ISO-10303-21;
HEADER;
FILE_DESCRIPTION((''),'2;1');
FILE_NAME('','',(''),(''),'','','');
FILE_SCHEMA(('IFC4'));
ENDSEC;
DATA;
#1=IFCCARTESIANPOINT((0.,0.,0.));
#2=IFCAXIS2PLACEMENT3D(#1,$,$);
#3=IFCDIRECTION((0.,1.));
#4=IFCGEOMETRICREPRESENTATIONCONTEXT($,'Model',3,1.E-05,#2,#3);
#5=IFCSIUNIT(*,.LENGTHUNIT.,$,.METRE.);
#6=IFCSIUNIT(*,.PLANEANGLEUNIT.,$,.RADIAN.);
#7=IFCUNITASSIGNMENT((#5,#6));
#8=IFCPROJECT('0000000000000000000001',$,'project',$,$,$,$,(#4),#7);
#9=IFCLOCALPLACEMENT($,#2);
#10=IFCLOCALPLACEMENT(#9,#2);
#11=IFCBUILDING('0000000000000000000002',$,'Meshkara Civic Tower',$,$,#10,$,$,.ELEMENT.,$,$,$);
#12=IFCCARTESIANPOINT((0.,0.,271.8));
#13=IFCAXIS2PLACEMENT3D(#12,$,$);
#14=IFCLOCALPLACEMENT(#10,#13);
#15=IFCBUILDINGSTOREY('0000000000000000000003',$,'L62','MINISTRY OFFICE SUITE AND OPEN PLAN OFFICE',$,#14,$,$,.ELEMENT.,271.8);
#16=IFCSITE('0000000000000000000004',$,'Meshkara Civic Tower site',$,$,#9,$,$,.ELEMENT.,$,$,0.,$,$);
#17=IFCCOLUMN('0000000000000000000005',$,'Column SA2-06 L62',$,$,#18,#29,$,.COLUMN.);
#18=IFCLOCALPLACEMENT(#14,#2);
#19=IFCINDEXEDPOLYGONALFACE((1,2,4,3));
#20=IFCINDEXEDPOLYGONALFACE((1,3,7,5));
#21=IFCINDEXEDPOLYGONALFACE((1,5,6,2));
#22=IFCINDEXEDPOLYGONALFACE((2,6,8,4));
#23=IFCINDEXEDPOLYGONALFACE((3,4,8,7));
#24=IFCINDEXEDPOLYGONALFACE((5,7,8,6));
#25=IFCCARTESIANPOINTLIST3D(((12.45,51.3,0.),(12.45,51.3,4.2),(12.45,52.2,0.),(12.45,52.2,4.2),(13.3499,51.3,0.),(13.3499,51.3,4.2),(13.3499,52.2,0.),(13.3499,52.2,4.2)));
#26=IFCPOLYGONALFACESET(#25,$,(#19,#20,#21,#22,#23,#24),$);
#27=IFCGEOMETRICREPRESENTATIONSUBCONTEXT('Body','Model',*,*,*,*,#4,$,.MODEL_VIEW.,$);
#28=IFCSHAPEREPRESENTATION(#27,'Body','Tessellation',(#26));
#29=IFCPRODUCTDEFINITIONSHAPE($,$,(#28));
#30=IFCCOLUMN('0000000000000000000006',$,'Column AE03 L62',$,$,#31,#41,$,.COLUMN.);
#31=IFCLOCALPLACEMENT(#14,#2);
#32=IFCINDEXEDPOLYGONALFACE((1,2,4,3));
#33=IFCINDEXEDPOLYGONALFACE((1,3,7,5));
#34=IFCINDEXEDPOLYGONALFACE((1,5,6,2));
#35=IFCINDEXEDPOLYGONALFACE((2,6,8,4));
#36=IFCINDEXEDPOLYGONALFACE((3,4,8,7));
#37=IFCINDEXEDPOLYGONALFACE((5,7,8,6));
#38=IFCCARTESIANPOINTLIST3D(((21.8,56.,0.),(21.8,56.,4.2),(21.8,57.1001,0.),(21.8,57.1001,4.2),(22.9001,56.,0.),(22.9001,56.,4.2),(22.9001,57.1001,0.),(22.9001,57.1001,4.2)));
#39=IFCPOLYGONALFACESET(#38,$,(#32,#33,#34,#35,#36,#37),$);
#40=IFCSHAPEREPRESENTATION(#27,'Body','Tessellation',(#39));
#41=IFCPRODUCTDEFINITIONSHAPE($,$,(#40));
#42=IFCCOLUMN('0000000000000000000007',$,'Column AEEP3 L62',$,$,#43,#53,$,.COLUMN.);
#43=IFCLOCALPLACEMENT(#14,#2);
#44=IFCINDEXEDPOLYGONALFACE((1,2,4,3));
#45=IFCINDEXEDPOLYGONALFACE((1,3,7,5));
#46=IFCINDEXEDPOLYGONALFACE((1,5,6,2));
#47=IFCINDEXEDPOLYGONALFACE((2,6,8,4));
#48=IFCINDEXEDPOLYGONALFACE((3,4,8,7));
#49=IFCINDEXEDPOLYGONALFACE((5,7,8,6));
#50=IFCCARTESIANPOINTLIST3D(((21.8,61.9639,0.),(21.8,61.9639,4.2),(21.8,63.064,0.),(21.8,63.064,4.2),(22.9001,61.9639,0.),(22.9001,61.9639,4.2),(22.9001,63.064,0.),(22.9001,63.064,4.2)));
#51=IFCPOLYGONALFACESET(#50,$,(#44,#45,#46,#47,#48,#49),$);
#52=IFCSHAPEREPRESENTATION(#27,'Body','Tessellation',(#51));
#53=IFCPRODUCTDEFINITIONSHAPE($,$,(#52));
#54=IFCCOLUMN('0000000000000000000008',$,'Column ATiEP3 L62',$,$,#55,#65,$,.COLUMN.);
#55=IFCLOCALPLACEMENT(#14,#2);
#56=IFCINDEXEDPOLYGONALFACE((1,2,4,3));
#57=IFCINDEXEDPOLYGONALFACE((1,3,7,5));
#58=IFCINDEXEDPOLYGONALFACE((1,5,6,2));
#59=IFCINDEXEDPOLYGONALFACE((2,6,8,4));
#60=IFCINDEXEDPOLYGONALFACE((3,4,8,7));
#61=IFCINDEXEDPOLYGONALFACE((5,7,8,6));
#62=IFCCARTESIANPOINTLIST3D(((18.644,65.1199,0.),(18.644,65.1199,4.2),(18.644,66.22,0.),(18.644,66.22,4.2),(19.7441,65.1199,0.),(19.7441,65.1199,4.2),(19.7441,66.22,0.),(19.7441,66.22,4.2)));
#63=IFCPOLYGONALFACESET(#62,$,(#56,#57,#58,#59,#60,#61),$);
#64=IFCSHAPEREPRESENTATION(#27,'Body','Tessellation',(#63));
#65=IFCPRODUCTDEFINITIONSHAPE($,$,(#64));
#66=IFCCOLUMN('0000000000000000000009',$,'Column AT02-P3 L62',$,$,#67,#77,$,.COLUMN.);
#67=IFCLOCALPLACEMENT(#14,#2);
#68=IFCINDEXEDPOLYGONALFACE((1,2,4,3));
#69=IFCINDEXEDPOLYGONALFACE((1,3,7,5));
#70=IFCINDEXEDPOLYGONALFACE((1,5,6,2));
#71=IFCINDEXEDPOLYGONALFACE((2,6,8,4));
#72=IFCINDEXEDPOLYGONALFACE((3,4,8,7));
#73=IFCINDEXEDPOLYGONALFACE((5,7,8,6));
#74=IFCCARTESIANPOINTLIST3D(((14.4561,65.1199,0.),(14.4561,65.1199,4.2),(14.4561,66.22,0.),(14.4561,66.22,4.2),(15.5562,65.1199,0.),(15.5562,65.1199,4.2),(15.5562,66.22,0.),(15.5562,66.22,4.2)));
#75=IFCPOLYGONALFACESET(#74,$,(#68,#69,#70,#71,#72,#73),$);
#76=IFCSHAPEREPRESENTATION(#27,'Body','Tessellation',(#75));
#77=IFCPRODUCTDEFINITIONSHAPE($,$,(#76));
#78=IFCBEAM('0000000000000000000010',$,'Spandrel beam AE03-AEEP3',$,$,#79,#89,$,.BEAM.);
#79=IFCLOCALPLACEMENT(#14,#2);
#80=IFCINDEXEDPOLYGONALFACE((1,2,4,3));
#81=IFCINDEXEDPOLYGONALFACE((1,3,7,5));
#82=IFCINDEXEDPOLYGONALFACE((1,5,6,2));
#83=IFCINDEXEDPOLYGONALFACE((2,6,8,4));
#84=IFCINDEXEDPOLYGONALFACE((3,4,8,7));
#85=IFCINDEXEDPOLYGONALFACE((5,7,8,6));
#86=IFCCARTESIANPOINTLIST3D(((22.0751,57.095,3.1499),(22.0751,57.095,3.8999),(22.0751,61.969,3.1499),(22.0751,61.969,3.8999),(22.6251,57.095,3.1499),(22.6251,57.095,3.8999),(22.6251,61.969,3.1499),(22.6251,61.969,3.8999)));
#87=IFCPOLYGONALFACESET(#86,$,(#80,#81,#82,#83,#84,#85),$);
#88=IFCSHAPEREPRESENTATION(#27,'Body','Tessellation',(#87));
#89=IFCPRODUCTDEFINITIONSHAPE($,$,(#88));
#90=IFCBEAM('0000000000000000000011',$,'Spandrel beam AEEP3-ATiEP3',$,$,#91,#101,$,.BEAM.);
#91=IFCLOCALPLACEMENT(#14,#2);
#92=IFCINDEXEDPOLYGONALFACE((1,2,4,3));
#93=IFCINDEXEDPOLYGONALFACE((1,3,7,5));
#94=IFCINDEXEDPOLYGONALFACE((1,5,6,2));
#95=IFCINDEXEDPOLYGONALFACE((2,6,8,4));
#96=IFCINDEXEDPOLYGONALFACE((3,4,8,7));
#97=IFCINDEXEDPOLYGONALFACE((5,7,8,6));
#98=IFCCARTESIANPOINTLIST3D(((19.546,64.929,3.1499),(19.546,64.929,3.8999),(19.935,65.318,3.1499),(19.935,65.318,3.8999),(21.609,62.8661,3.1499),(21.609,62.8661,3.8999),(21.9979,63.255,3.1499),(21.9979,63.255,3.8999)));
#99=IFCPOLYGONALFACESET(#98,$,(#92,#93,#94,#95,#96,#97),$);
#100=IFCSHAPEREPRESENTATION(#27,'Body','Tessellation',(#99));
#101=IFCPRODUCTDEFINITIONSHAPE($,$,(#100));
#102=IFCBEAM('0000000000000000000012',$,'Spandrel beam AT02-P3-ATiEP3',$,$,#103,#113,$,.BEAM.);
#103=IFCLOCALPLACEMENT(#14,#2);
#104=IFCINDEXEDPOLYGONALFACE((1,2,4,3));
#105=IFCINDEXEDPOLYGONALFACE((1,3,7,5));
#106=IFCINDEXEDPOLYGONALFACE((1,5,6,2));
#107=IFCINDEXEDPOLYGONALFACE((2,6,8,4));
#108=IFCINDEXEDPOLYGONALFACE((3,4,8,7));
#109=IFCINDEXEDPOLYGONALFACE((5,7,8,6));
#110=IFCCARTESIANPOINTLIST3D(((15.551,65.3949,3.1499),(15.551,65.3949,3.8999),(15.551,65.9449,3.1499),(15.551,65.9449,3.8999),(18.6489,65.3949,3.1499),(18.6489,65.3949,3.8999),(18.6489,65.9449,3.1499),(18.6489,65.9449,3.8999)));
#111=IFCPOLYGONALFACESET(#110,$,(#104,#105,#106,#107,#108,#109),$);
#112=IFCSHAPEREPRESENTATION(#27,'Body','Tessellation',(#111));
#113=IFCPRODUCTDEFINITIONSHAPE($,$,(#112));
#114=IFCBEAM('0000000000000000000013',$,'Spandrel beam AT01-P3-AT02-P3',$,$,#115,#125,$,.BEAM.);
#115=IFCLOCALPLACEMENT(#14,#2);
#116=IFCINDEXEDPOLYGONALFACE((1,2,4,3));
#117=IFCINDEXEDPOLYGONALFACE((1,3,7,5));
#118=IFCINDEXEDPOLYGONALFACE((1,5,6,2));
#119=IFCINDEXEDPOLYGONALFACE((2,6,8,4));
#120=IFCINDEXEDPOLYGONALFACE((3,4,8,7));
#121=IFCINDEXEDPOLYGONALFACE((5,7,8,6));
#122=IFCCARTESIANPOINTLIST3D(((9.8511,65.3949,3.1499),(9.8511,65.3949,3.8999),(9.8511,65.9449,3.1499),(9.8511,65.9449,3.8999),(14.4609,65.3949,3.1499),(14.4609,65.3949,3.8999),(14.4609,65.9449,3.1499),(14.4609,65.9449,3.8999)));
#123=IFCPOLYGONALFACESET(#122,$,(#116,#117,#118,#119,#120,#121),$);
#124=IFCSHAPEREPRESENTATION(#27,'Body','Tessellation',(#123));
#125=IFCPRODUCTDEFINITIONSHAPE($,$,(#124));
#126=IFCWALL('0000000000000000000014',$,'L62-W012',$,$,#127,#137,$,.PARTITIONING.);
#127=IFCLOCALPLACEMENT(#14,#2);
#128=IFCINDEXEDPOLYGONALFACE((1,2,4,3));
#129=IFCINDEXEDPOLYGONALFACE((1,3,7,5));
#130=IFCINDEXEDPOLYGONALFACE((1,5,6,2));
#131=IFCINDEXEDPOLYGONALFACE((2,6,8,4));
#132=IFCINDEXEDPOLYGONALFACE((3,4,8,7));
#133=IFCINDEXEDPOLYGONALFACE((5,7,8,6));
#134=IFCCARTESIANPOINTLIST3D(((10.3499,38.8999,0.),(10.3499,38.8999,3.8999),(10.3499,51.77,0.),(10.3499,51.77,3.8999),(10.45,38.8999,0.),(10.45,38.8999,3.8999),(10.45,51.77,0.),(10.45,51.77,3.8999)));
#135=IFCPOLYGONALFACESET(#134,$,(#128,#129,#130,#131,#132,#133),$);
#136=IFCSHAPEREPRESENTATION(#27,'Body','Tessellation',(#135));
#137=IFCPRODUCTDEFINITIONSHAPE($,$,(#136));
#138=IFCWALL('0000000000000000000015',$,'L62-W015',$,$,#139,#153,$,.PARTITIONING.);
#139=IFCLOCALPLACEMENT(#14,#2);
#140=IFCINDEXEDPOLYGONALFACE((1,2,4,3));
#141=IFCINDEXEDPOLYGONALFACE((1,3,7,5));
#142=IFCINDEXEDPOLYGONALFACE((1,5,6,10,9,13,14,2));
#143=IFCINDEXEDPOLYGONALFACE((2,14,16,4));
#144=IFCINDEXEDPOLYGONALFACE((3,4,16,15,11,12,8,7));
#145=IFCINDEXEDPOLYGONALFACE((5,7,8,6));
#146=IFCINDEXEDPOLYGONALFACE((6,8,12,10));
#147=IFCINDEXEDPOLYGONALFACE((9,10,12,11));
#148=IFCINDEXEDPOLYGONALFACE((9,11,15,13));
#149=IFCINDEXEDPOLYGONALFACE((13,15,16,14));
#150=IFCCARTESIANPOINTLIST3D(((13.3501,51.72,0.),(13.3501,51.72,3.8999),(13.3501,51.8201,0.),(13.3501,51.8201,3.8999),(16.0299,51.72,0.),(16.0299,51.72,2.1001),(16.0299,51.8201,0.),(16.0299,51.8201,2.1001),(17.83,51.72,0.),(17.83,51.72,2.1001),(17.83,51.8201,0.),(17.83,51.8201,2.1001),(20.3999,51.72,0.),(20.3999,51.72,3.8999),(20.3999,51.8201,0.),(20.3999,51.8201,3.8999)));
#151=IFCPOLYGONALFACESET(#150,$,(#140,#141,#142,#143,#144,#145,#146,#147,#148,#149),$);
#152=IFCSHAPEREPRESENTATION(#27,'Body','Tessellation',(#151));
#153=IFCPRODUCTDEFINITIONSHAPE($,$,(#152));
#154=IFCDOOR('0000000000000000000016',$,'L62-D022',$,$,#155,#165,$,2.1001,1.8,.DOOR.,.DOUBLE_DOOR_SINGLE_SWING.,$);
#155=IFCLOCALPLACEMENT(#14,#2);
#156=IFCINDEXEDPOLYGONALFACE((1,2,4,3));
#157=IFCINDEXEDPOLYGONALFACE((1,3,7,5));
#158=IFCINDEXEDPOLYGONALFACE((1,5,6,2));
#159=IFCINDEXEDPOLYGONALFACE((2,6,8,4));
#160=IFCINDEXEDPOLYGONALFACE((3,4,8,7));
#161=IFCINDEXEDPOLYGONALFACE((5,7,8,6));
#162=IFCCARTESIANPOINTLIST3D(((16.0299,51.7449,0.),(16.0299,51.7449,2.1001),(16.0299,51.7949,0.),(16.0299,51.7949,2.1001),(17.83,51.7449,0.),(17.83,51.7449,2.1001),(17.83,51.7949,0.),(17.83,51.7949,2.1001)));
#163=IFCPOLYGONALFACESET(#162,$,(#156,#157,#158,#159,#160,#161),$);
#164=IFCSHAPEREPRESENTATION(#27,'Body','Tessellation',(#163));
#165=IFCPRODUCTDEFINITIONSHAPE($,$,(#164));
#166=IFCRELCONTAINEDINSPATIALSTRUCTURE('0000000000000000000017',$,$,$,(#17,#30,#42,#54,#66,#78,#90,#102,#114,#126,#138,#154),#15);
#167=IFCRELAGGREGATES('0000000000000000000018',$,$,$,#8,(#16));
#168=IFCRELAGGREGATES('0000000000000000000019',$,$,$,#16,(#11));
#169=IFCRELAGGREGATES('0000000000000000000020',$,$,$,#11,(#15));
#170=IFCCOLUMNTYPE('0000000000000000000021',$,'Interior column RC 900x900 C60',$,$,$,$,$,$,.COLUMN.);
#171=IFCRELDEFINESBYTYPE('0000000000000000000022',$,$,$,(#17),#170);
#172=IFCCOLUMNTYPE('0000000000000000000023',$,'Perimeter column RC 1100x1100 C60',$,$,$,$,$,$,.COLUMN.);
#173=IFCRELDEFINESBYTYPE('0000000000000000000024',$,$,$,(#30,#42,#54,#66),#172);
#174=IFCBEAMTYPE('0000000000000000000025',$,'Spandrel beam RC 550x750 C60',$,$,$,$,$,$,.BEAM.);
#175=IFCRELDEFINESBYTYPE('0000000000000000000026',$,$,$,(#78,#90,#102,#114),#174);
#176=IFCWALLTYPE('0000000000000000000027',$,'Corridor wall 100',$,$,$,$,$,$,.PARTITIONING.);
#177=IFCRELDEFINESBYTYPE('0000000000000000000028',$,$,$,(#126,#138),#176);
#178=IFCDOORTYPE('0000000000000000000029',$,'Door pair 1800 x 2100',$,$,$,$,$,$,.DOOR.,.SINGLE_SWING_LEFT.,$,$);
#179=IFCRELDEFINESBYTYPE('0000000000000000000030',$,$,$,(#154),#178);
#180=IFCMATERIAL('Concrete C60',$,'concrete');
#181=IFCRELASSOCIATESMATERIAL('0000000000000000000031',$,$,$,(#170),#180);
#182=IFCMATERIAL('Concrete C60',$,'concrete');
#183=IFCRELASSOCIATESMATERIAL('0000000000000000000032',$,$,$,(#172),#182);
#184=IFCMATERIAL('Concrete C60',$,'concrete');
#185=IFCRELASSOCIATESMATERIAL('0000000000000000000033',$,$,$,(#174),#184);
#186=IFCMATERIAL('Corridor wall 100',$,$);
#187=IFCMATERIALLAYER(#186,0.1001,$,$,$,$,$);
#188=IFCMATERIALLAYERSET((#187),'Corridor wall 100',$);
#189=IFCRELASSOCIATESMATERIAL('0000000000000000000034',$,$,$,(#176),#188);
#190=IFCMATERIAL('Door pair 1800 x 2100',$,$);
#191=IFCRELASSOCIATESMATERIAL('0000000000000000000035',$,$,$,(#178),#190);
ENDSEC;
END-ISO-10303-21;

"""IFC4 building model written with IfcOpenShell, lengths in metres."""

from ifc_helpers import new_model, si_unit, direction, frame, frame_2d, origin, origin_2d, place, context, subcontext, project, spatial, rectangle, extrude, material, layer, layer_set, material_profile, profile_set, type_object, element, fill, save


model = new_model("IFC4")

# Units and contexts
model_context = context("Model", 3, precision=1e-05, world=origin(), true_north=direction((0.0, 1.0)))
body_context = subcontext(model_context, "Body", "Model", "MODEL_VIEW")
ifc_project = project(units=[si_unit("LENGTHUNIT", "METRE"), si_unit("PLANEANGLEUNIT", "RADIAN")], contexts=[model_context])

# Site, building, storey
site_placement = place(None, origin())
site = spatial("IfcSite", under=ifc_project, at=site_placement, Name="Meshkara Civic Tower site", CompositionType="ELEMENT", RefElevation=0.0)
building_placement = place(site_placement, origin())
building = spatial("IfcBuilding", under=site, at=building_placement, Name="Meshkara Civic Tower", CompositionType="ELEMENT")
storey_placement = place(building_placement, frame((0.0, 0.0, 271.8)))
storey = spatial("IfcBuildingStorey", under=building, at=storey_placement, Name="L62", Description="MINISTRY OFFICE SUITE AND OPEN PLAN OFFICE", CompositionType="ELEMENT", Elevation=271.8)

# Columns
ifc_material_1 = material(Name="Concrete C60", Category="concrete")
ifc_material_profile_1 = material_profile(ifc_material_1, rectangle(XDim=0.8999, YDim=0.8999, at=origin_2d()))
ifc_profile_set_1 = profile_set([ifc_material_profile_1], Name="Concrete C60")
column_type_1 = type_object("IfcColumnType", Name="Interior column RC 900x900 C60", PredefinedType="COLUMN", material=ifc_profile_set_1)
column_placement = place(storey_placement, frame((12.8999, 51.75, 0.0), z_axis=(0.0, 0.0, 1.0), x_axis=(1.0, 0.0, 0.0)))
element("IfcColumn", 1, at=column_placement, inside=storey, type_object=column_type_1, Name="Column SA2-06 L62", PredefinedType="COLUMN", context=body_context, shape_type="SweptSolid", body=[
    extrude(rectangle(XDim=0.8999, YDim=0.8999, at=origin_2d()), origin(), (0.0, 0.0, 1.0), 4.2),
])
ifc_material_2 = material(Name="Concrete C60", Category="concrete")
ifc_material_profile_2 = material_profile(ifc_material_2, rectangle(XDim=1.1001, YDim=1.1001, at=origin_2d()))
ifc_profile_set_2 = profile_set([ifc_material_profile_2], Name="Concrete C60")
column_type_2 = type_object("IfcColumnType", Name="Perimeter column RC 1100x1100 C60", PredefinedType="COLUMN", material=ifc_profile_set_2)
for number, where, z_axis, x_axis, name in (
    (2, (22.3501, 56.55, 0.0), (0.0, 0.0, 1.0), (1.0, 0.0, 0.0), "Column AE03 L62"),
    (3, (22.3501, 62.5139, 0.0), (0.0, 0.0, 1.0), (1.0, 0.0, 0.0), "Column AEEP3 L62"),
    (4, (19.1941, 65.6699, 0.0), (0.0, 0.0, 1.0), (1.0, 0.0, 0.0), "Column ATiEP3 L62"),
    (5, (15.0061, 65.6699, 0.0), (0.0, 0.0, 1.0), (1.0, 0.0, 0.0), "Column AT02-P3 L62"),
):
    element("IfcColumn", number, at=place(storey_placement, frame(where, z_axis=z_axis, x_axis=x_axis)), inside=storey, type_object=column_type_2, Name=name, PredefinedType="COLUMN", context=body_context, shape_type="SweptSolid", body=[
        extrude(rectangle(XDim=1.1001, YDim=1.1001, at=origin_2d()), origin(), (0.0, 0.0, 1.0), 4.2),
    ])

# Beams
ifc_material_3 = material(Name="Concrete C60", Category="concrete")
ifc_material_profile_3 = material_profile(ifc_material_3, rectangle(XDim=0.55, YDim=0.75, at=origin_2d()))
ifc_profile_set_3 = profile_set([ifc_material_profile_3], Name="Concrete C60")
beam_type = type_object("IfcBeamType", Name="Spandrel beam RC 550x750 C60", PredefinedType="BEAM", material=ifc_profile_set_3)
beam_1_placement = place(storey_placement, frame((22.3501, 57.095, 3.5249), z_axis=(0.0, 1.0, 0.0), x_axis=(-1.0, 0.0, 0.0)))
element("IfcBeam", 6, at=beam_1_placement, inside=storey, type_object=beam_type, Name="Spandrel beam AE03-AEEP3", PredefinedType="BEAM", context=body_context, shape_type="SweptSolid", body=[
    extrude(rectangle(XDim=0.55, YDim=0.75, at=origin_2d()), origin(), (0.0, 0.0, 1.0), 4.874),
])
beam_2_placement = place(storey_placement, frame((21.8035, 63.0605, 3.5249), z_axis=(-0.707107, 0.707107, 0.0), x_axis=(-0.707107, -0.707107, 0.0)))
element("IfcBeam", 7, at=beam_2_placement, inside=storey, type_object=beam_type, Name="Spandrel beam AEEP3-ATiEP3", PredefinedType="BEAM", context=body_context, shape_type="SweptSolid", body=[
    extrude(rectangle(XDim=0.55, YDim=0.75, at=origin_2d()), origin(), (0.0, 0.0, 1.0), 2.9175),
])
beam_3_placement = place(storey_placement, frame((18.6489, 65.6699, 3.5249), z_axis=(-1.0, 0.0, 0.0), x_axis=(0.0, -1.0, 0.0)))
element("IfcBeam", 8, at=beam_3_placement, inside=storey, type_object=beam_type, Name="Spandrel beam AT02-P3-ATiEP3", PredefinedType="BEAM", context=body_context, shape_type="SweptSolid", body=[
    extrude(rectangle(XDim=0.55, YDim=0.75, at=origin_2d()), origin(), (0.0, 0.0, 1.0), 3.0979),
])
beam_4_placement = place(storey_placement, frame((14.4609, 65.6699, 3.5249), z_axis=(-1.0, 0.0, 0.0), x_axis=(0.0, -1.0, 0.0)))
element("IfcBeam", 9, at=beam_4_placement, inside=storey, type_object=beam_type, Name="Spandrel beam AT01-P3-AT02-P3", PredefinedType="BEAM", context=body_context, shape_type="SweptSolid", body=[
    extrude(rectangle(XDim=0.55, YDim=0.75, at=origin_2d()), origin(), (0.0, 0.0, 1.0), 4.6099),
])

# Wall
ifc_material_4 = material(Name="Corridor wall 100")
ifc_layer_1 = layer(ifc_material_4, 0.1001)
ifc_layer_set_1 = layer_set([ifc_layer_1], Name="Corridor wall 100")
wall_type_1 = type_object("IfcWallType", Name="Corridor wall 100", PredefinedType="PARTITIONING", material=ifc_layer_set_1)
wall_1_placement = place(storey_placement, frame((10.3999, 51.77, 0.0), z_axis=(0.0, 0.0, 1.0), x_axis=(0.0, -1.0, 0.0)))
element("IfcWall", 10, at=wall_1_placement, inside=storey, type_object=wall_type_1, Name="L62-W012", PredefinedType="PARTITIONING", context=body_context, shape_type="SweptSolid", body=[
    extrude(rectangle(XDim=12.8701, YDim=0.1001, at=frame_2d((6.4351, 0.0))), origin(), (0.0, 0.0, 1.0), 3.8999),
])

# Wall, opening, door
wall_2_placement = place(storey_placement, frame((13.3501, 51.77, 0.0), z_axis=(0.0, 0.0, 1.0), x_axis=(1.0, 0.0, 0.0)))
wall_2 = element("IfcWall", 11, at=wall_2_placement, inside=storey, type_object=wall_type_1, Name="L62-W015", PredefinedType="PARTITIONING", context=body_context, shape_type="SweptSolid", body=[
    extrude(rectangle(XDim=7.0498, YDim=0.1001, at=frame_2d((3.5249, 0.0))), origin(), (0.0, 0.0, 1.0), 3.8999),
])
opening_1_placement = place(wall_2_placement, frame((2.6799, 0.0, 0.0)))
opening_1 = element("IfcOpeningElement", 12, at=opening_1_placement, cuts=wall_2, PredefinedType="OPENING", context=body_context, shape_type="SweptSolid", body=[
    extrude(rectangle(XDim=1.8, YDim=2.1001, at=frame_2d((0.8999, 1.05))), frame((0.0, 0.0601, 0.0), z_axis=(0.0, -1.0, 0.0), x_axis=(1.0, 0.0, 0.0)), (0.0, 0.0, 1.0), 0.1201),
])
ifc_material_5 = material(Name="Door pair 1800 x 2100")
door_type_1 = type_object("IfcDoorType", Name="Door pair 1800 x 2100", OperationType="SINGLE_SWING_LEFT", PredefinedType="DOOR", material=ifc_material_5)
door_1_placement = place(opening_1_placement, origin())
door_1 = element("IfcDoor", 13, at=door_1_placement, inside=storey, type_object=door_type_1, Name="L62-D022", OperationType="DOUBLE_DOOR_SINGLE_SWING", OverallHeight=2.1001, OverallWidth=1.8, PredefinedType="DOOR", context=body_context, shape_type="SweptSolid", body=[
    extrude(rectangle(XDim=1.8, YDim=2.1001, at=frame_2d((0.8999, 1.05))), frame((0.0, 0.0249, 0.0), z_axis=(0.0, -1.0, 0.0), x_axis=(1.0, 0.0, 0.0)), (0.0, 0.0, 1.0), 0.05),
])
fill(opening_1, door_1)

save(model, "model.ifc")
